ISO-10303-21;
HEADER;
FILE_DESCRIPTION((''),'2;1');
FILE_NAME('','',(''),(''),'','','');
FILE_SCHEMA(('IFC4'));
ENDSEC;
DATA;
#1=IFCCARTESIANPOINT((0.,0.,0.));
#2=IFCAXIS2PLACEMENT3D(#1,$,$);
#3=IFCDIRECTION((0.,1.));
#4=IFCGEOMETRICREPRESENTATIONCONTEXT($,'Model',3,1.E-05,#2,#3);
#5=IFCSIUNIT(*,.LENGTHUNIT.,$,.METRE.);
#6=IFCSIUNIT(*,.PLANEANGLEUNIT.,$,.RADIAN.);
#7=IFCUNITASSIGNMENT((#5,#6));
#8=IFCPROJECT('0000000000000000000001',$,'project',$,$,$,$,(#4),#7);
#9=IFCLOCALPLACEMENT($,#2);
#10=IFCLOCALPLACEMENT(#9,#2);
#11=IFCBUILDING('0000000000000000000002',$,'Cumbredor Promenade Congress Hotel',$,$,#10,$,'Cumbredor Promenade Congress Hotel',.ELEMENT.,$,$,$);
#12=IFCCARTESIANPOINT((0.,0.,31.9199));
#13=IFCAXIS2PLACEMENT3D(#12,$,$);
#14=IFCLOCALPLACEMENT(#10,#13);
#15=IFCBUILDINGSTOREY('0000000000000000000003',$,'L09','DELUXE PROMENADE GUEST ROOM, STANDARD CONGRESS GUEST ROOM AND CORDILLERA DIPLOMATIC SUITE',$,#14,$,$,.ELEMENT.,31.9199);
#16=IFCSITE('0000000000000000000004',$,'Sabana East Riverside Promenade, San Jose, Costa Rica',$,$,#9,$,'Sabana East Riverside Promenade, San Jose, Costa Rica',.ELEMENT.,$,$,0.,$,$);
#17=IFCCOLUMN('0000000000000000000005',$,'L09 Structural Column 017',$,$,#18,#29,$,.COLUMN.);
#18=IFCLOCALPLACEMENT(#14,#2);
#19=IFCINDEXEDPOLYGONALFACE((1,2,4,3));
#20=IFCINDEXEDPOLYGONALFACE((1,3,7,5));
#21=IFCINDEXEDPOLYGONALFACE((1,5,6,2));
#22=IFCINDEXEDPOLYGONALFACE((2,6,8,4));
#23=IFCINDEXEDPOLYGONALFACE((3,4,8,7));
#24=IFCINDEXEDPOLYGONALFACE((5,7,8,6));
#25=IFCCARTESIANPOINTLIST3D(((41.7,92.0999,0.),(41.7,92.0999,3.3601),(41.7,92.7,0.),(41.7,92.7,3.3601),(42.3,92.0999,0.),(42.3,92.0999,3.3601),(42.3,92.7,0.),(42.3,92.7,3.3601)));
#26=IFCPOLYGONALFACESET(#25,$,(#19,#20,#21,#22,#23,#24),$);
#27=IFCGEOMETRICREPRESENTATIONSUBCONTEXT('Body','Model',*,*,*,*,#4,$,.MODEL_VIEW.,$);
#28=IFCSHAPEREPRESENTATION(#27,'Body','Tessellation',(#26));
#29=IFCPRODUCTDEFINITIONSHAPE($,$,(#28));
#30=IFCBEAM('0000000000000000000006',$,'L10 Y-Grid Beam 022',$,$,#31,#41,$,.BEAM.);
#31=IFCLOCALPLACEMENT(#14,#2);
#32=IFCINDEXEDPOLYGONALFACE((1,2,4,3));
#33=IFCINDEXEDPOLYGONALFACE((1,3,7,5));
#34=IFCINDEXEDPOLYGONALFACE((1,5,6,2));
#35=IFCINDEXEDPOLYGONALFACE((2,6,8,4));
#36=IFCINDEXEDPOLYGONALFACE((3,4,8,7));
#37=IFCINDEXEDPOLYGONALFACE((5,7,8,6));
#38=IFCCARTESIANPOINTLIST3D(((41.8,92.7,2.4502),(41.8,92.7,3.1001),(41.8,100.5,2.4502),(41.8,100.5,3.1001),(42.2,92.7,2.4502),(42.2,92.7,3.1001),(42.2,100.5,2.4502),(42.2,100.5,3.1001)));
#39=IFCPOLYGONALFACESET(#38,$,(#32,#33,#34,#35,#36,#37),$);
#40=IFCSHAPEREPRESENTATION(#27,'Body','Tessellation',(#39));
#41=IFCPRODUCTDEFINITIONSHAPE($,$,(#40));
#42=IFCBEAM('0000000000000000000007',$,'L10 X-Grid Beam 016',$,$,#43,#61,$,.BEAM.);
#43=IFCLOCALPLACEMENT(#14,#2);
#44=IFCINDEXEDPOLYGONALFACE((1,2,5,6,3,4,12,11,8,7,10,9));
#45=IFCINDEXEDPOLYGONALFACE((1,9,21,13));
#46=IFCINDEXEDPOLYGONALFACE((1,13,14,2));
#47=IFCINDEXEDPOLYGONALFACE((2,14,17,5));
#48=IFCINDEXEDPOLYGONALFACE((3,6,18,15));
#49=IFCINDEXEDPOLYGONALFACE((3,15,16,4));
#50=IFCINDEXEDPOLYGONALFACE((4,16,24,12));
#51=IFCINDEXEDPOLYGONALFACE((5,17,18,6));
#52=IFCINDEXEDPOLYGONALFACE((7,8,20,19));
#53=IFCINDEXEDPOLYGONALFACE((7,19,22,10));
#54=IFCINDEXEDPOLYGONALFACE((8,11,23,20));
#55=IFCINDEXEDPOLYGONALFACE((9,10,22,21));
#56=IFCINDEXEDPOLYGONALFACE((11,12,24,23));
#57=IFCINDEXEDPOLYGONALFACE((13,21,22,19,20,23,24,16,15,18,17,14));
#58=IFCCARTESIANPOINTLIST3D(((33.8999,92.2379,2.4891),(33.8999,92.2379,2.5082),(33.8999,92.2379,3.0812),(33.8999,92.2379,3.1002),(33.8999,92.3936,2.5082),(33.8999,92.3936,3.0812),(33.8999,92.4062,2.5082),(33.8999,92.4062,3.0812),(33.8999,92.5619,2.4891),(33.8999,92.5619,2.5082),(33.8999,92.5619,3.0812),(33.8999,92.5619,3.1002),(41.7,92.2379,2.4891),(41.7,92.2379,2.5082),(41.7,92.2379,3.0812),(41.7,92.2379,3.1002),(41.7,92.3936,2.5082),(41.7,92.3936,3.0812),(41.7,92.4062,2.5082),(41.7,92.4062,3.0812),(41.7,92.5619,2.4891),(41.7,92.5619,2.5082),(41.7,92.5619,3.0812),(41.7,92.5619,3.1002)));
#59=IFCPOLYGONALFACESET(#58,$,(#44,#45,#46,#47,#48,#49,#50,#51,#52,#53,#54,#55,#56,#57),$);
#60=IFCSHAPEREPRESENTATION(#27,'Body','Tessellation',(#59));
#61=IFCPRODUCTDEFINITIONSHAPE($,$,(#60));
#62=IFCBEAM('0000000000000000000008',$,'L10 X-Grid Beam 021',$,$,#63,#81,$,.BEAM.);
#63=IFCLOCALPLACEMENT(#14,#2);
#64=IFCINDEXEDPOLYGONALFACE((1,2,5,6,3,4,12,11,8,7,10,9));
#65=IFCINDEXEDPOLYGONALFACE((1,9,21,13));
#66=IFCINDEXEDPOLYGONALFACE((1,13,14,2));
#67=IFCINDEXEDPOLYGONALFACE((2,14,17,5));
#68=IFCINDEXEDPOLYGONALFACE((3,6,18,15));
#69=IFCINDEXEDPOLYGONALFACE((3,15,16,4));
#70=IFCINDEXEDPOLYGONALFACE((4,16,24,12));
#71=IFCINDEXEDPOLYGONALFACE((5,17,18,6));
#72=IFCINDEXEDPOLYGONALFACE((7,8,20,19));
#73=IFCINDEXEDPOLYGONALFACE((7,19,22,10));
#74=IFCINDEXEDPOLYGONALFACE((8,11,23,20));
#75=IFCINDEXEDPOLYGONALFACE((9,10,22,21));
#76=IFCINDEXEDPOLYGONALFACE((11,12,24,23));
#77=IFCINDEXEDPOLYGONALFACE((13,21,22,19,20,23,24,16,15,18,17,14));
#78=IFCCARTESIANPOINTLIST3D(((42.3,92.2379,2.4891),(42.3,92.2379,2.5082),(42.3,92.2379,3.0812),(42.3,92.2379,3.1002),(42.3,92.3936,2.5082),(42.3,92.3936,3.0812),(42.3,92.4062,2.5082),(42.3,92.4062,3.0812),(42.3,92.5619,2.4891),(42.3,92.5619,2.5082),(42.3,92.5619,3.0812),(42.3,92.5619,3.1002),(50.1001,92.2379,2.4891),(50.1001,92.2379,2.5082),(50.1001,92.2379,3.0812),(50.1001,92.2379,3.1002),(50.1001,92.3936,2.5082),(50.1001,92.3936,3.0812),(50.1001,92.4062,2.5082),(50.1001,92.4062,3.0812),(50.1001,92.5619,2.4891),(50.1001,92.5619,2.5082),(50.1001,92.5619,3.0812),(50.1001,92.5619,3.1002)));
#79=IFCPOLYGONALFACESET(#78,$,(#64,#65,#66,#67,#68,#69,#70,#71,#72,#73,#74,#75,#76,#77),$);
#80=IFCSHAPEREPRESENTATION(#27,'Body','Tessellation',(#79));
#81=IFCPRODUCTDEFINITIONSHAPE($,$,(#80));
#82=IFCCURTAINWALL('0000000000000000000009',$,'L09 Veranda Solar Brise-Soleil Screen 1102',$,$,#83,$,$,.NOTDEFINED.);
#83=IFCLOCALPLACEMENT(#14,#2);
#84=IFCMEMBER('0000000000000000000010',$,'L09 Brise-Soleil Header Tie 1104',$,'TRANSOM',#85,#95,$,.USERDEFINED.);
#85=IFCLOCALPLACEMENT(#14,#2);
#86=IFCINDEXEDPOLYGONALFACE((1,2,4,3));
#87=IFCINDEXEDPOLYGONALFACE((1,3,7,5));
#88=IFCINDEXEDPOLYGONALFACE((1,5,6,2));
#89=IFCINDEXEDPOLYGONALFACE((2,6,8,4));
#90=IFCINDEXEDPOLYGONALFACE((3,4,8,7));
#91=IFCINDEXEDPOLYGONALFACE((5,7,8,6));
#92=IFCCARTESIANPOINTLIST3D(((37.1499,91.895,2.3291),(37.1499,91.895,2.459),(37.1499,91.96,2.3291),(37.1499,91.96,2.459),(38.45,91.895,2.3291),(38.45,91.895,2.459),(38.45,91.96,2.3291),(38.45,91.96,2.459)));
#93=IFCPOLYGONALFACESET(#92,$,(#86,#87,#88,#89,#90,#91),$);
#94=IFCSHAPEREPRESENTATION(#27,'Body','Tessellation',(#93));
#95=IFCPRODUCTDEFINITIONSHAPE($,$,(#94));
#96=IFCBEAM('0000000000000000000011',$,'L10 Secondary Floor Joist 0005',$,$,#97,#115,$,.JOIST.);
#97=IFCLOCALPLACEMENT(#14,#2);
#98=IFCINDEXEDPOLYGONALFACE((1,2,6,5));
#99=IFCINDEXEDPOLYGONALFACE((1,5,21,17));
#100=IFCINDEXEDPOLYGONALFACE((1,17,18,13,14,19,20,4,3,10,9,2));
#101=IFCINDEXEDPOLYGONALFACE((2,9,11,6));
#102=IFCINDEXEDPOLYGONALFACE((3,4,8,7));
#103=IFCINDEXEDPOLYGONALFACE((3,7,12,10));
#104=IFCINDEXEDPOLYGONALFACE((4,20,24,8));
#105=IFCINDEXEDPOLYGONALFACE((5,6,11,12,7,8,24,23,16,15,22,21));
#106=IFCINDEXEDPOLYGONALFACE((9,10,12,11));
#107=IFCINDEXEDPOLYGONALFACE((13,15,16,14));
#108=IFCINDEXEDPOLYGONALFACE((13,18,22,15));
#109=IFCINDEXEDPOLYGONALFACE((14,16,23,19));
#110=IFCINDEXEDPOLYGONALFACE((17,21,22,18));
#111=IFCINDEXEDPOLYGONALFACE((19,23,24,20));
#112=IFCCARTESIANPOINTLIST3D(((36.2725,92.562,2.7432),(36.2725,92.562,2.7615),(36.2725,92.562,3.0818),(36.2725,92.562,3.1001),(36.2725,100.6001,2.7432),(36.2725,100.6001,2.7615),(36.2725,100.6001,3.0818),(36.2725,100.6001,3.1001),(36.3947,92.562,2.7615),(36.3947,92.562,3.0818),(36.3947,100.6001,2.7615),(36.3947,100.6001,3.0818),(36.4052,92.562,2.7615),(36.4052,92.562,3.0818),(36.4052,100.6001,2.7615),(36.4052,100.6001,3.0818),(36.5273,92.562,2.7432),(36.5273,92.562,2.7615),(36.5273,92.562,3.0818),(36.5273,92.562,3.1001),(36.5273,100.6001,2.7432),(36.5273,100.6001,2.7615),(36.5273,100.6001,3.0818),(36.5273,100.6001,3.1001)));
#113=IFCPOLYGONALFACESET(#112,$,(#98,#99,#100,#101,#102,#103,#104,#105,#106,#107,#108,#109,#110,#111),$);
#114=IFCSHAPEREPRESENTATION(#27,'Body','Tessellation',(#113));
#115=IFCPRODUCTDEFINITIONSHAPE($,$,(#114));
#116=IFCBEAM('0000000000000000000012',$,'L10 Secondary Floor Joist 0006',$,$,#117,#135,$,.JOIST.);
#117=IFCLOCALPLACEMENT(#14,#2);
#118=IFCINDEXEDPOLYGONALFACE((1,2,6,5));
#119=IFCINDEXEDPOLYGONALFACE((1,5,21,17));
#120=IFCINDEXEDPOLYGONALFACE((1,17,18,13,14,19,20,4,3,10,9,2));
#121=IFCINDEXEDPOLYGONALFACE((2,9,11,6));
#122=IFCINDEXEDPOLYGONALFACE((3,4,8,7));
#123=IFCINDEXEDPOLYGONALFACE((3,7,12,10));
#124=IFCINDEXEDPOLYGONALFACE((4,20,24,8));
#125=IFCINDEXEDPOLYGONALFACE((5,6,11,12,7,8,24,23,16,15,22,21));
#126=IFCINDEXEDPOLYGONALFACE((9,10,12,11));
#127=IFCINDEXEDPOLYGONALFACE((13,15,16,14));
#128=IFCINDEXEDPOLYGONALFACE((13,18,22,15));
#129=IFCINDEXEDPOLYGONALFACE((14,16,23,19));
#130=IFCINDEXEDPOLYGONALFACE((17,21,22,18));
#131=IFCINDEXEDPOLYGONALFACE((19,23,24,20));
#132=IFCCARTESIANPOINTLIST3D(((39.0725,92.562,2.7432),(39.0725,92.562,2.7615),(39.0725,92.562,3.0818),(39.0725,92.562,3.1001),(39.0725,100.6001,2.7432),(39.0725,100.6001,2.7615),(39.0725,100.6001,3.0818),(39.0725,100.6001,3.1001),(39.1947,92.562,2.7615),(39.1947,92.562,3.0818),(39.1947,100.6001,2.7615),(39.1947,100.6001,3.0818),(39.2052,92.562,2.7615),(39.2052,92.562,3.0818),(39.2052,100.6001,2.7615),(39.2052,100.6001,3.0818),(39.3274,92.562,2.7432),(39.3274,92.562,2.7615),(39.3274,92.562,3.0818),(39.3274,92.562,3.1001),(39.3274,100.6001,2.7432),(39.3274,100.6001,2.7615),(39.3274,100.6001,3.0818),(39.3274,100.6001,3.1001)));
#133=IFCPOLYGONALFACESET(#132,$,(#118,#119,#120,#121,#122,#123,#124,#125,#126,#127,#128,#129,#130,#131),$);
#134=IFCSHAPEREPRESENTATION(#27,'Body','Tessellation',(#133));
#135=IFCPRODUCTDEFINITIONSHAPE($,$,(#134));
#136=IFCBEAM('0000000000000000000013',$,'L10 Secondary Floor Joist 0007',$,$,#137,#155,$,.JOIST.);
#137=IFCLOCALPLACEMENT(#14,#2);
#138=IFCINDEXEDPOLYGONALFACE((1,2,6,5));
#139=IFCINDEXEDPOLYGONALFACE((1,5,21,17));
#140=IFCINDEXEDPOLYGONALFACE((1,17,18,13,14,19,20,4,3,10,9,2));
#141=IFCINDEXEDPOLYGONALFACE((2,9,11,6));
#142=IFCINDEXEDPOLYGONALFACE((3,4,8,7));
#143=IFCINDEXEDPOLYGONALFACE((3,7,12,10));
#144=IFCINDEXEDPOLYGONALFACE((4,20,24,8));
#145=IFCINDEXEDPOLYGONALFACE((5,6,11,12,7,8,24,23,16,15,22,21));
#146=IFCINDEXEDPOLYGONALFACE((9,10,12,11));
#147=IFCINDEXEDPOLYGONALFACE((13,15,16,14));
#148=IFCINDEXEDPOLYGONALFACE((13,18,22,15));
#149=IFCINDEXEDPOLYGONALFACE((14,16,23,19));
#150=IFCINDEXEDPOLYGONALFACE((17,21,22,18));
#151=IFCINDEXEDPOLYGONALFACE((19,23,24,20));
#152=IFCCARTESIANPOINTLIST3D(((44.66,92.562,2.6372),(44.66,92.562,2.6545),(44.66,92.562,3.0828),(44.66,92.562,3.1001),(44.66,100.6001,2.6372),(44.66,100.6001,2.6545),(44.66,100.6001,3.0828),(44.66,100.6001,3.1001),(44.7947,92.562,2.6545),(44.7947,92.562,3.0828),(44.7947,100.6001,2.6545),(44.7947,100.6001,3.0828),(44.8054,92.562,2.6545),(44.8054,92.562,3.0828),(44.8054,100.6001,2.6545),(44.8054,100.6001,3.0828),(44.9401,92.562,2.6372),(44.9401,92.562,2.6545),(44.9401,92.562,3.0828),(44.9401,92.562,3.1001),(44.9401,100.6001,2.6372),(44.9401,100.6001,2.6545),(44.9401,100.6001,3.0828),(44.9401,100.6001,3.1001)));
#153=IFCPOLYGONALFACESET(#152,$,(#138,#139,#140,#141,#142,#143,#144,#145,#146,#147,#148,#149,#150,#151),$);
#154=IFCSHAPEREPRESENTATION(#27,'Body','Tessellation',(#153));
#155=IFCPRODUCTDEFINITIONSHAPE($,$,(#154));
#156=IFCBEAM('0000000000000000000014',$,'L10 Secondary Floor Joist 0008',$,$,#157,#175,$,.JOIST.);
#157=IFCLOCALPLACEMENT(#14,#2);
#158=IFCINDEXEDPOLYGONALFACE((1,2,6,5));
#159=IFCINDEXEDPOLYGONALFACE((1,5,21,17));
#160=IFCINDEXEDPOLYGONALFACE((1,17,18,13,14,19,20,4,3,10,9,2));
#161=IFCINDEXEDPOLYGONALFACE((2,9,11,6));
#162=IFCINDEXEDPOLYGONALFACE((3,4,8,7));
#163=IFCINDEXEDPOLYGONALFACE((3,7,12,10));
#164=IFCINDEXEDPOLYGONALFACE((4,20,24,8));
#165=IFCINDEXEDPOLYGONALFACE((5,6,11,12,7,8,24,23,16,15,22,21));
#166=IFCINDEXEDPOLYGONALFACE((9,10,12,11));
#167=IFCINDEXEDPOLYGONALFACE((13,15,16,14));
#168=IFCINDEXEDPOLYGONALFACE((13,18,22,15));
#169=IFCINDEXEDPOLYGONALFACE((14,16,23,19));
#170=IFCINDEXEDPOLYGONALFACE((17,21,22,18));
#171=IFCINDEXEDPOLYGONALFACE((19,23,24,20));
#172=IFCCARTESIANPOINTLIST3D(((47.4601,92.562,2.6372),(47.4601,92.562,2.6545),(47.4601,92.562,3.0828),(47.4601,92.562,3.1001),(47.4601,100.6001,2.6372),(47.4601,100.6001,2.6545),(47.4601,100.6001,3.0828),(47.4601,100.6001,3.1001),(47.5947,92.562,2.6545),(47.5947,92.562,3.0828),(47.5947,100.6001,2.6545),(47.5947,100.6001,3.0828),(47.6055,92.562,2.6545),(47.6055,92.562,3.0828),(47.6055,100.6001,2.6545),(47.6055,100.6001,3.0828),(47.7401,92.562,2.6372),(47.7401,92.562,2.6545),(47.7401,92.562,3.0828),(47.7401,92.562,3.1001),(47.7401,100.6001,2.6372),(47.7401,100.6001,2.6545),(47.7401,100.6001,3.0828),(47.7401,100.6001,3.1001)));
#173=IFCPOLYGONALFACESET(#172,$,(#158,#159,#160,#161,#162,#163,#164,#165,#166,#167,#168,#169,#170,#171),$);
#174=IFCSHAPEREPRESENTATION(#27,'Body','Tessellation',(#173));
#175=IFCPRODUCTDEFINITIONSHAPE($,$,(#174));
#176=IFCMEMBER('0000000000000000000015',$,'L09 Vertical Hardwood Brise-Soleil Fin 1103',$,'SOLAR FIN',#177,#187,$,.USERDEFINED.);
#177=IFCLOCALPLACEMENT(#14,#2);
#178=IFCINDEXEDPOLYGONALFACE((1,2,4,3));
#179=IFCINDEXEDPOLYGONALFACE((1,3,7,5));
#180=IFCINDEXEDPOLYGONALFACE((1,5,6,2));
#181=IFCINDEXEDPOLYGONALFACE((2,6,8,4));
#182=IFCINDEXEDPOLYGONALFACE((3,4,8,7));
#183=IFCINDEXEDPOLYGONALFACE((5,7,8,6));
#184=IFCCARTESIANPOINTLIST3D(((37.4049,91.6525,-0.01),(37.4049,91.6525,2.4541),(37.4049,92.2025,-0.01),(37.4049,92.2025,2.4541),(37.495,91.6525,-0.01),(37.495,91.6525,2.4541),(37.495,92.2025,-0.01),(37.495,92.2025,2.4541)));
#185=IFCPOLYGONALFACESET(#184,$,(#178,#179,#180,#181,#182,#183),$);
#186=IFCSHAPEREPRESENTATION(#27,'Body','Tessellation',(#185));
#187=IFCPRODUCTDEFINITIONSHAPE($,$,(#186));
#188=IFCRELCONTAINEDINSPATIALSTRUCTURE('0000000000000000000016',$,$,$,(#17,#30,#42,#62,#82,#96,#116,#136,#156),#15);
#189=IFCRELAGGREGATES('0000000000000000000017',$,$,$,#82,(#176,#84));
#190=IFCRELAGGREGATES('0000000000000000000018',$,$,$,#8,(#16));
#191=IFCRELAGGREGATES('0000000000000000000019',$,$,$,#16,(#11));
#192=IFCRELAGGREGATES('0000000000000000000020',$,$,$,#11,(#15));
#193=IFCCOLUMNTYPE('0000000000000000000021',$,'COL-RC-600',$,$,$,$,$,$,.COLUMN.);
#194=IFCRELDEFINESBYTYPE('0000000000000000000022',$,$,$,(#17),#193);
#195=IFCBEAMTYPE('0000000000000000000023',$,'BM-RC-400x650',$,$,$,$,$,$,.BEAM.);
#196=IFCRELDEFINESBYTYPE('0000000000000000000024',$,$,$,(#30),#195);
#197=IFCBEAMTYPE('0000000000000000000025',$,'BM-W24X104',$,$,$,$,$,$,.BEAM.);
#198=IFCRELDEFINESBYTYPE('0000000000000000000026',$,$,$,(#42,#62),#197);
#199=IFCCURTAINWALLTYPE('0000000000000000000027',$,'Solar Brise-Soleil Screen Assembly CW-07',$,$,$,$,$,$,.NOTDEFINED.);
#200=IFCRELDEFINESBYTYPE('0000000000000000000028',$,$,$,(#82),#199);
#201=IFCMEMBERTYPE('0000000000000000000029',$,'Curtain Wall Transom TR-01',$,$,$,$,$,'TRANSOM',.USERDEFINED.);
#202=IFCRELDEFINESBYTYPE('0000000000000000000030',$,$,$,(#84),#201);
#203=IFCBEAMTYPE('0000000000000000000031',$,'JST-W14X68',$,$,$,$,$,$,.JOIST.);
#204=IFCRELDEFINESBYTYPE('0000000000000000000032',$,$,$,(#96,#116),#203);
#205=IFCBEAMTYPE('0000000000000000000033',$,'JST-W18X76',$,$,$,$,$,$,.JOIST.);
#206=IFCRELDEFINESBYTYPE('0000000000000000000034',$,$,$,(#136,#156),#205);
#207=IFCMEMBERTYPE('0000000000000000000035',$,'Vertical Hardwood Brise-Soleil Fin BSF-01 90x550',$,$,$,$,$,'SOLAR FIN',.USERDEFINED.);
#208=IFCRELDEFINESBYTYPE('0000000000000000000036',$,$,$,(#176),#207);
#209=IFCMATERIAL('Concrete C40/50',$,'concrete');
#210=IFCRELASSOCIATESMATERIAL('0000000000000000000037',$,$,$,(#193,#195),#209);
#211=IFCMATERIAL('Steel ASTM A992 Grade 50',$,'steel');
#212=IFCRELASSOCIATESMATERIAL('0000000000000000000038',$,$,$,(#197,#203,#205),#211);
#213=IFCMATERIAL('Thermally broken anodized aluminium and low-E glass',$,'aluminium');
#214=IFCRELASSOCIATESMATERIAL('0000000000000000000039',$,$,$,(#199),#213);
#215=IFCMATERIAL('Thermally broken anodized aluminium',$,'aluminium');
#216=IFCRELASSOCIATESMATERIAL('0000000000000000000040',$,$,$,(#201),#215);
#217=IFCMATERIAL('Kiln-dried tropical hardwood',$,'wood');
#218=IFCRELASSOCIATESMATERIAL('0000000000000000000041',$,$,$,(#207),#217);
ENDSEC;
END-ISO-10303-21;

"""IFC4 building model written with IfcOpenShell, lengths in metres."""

from ifc_helpers import new_model, si_unit, direction, frame, origin, origin_2d, place, context, subcontext, project, spatial, rectangle, i_section, extrude, material, material_profile, profile_set, type_object, element, aggregate, save


model = new_model("IFC4")

# Units and contexts
model_context = context("Model", 3, precision=1e-05, world=origin(), true_north=direction((0.0, 1.0)))
body_context = subcontext(model_context, "Body", "Model", "MODEL_VIEW")
ifc_project = project(units=[si_unit("LENGTHUNIT", "METRE"), si_unit("PLANEANGLEUNIT", "RADIAN")], contexts=[model_context])

# Site, building, storey
site_placement = place(None, origin())
site = spatial("IfcSite", under=ifc_project, at=site_placement, Name="Sabana East Riverside Promenade, San Jose, Costa Rica", LongName="Sabana East Riverside Promenade, San Jose, Costa Rica", CompositionType="ELEMENT", RefElevation=0.0)
building_placement = place(site_placement, origin())
building = spatial("IfcBuilding", under=site, at=building_placement, Name="Cumbredor Promenade Congress Hotel", LongName="Cumbredor Promenade Congress Hotel", CompositionType="ELEMENT")
storey_placement = place(building_placement, frame((0.0, 0.0, 31.9199)))
storey = spatial("IfcBuildingStorey", under=building, at=storey_placement, Name="L09", Description="DELUXE PROMENADE GUEST ROOM, STANDARD CONGRESS GUEST ROOM AND CORDILLERA DIPLOMATIC SUITE", CompositionType="ELEMENT", Elevation=31.9199)

# Column
ifc_material_1 = material(Name="Concrete C40/50", Category="concrete")
ifc_material_profile_1 = material_profile(ifc_material_1, rectangle(XDim=0.6001, YDim=0.6001, at=origin_2d()), Name="RC 600x600")
ifc_profile_set_1 = profile_set([ifc_material_profile_1], Name="Concrete C40/50")
column_type = type_object("IfcColumnType", Name="COL-RC-600", PredefinedType="COLUMN", material=ifc_profile_set_1)
column_placement = place(storey_placement, frame((42.0, 92.3999, 0.0), z_axis=(0.0, 0.0, 1.0), x_axis=(1.0, 0.0, 0.0)))
element("IfcColumn", 1, at=column_placement, inside=storey, type_object=column_type, Name="L09 Structural Column 017", PredefinedType="COLUMN", context=body_context, shape_type="SweptSolid", body=[
    extrude(rectangle(XDim=0.6001, YDim=0.6001, at=origin_2d()), origin(), (0.0, 0.0, 1.0), 3.3601),
])

# Beams
ifc_material_profile_2 = material_profile(ifc_material_1, rectangle(XDim=0.3999, YDim=0.6499, at=origin_2d()), Name="RC BEAM 400x650")
ifc_profile_set_2 = profile_set([ifc_material_profile_2], Name="Concrete C40/50")
beam_type_1 = type_object("IfcBeamType", Name="BM-RC-400x650", PredefinedType="BEAM", material=ifc_profile_set_2)
beam_placement = place(storey_placement, frame((42.0, 92.7, 2.7751), z_axis=(0.0, 1.0, 0.0), x_axis=(-1.0, 0.0, 0.0)))
element("IfcBeam", 2, at=beam_placement, inside=storey, type_object=beam_type_1, Name="L10 Y-Grid Beam 022", PredefinedType="BEAM", context=body_context, shape_type="SweptSolid", body=[
    extrude(rectangle(XDim=0.3999, YDim=0.6499, at=origin_2d()), origin(), (0.0, 0.0, 1.0), 7.8),
])
ifc_material_2 = material(Name="Steel ASTM A992 Grade 50", Category="steel")
ifc_material_profile_3 = material_profile(ifc_material_2, i_section(OverallWidth=0.324, OverallDepth=0.6111, WebThickness=0.0127, FlangeThickness=0.019, at=origin_2d()), Name="W24X104")
ifc_profile_set_3 = profile_set([ifc_material_profile_3], Name="Steel ASTM A992 Grade 50")
beam_type_2 = type_object("IfcBeamType", Name="BM-W24X104", PredefinedType="BEAM", material=ifc_profile_set_3)
for number, where, z_axis, x_axis, name in (
    (3, (33.8999, 92.3999, 2.7947), (1.0, 0.0, 0.0), (0.0, 1.0, 0.0), "L10 X-Grid Beam 016"),
    (4, (42.3, 92.3999, 2.7947), (1.0, 0.0, 0.0), (0.0, 1.0, 0.0), "L10 X-Grid Beam 021"),
):
    element("IfcBeam", number, at=place(storey_placement, frame(where, z_axis=z_axis, x_axis=x_axis)), inside=storey, type_object=beam_type_2, Name=name, PredefinedType="BEAM", context=body_context, shape_type="SweptSolid", body=[
        extrude(i_section(OverallWidth=0.324, OverallDepth=0.6111, WebThickness=0.0127, FlangeThickness=0.019, at=origin_2d()), origin(), (0.0, 0.0, 1.0), 7.8),
    ])

# Curtain wall, member
ifc_material_3 = material(Name="Thermally broken anodized aluminium and low-E glass", Category="aluminium")
curtain_wall_type = type_object("IfcCurtainWallType", Name="Solar Brise-Soleil Screen Assembly CW-07", PredefinedType="NOTDEFINED", material=ifc_material_3)
curtain_wall_1_placement = place(storey_placement, origin())
curtain_wall_1 = element("IfcCurtainWall", 5, at=curtain_wall_1_placement, inside=storey, type_object=curtain_wall_type, Name="L09 Veranda Solar Brise-Soleil Screen 1102", PredefinedType="NOTDEFINED")
ifc_material_4 = material(Name="Thermally broken anodized aluminium", Category="aluminium")
ifc_material_profile_4 = material_profile(ifc_material_4, rectangle(XDim=0.0649, YDim=0.1299, at=origin_2d()), Name="ALU TRANSOM 65x130")
ifc_profile_set_4 = profile_set([ifc_material_profile_4], Name="Thermally broken anodized aluminium")
member_type_1 = type_object("IfcMemberType", Name="Curtain Wall Transom TR-01", ElementType="TRANSOM", PredefinedType="USERDEFINED", material=ifc_profile_set_4)
member_1_placement = place(storey_placement, frame((37.1499, 91.9275, 2.394), z_axis=(1.0, 0.0, 0.0), x_axis=(0.0, 1.0, 0.0)))
member_1 = element("IfcMember", 6, at=member_1_placement, type_object=member_type_1, Name="L09 Brise-Soleil Header Tie 1104", ObjectType="TRANSOM", PredefinedType="USERDEFINED", context=body_context, shape_type="SweptSolid", body=[
    extrude(rectangle(XDim=0.0649, YDim=0.1299, at=origin_2d()), origin(), (0.0, 0.0, 1.0), 1.3),
])

# Beams
ifc_material_profile_5 = material_profile(ifc_material_2, i_section(OverallWidth=0.2549, OverallDepth=0.3569, WebThickness=0.0105, FlangeThickness=0.0183, at=origin_2d()), Name="W14X68")
ifc_profile_set_5 = profile_set([ifc_material_profile_5], Name="Steel ASTM A992 Grade 50")
beam_type_3 = type_object("IfcBeamType", Name="JST-W14X68", PredefinedType="JOIST", material=ifc_profile_set_5)
for number, where, z_axis, x_axis, name in (
    (7, (36.3999, 92.562, 2.9216), (0.0, 1.0, 0.0), (-1.0, 0.0, 0.0), "L10 Secondary Floor Joist 0005"),
    (8, (39.2, 92.562, 2.9216), (0.0, 1.0, 0.0), (-1.0, 0.0, 0.0), "L10 Secondary Floor Joist 0006"),
):
    element("IfcBeam", number, at=place(storey_placement, frame(where, z_axis=z_axis, x_axis=x_axis)), inside=storey, type_object=beam_type_3, Name=name, PredefinedType="JOIST", context=body_context, shape_type="SweptSolid", body=[
        extrude(i_section(OverallWidth=0.2549, OverallDepth=0.3569, WebThickness=0.0105, FlangeThickness=0.0183, at=origin_2d()), origin(), (0.0, 0.0, 1.0), 8.0381),
    ])
ifc_material_profile_6 = material_profile(ifc_material_2, i_section(OverallWidth=0.28, OverallDepth=0.4629, WebThickness=0.0107, FlangeThickness=0.0173, at=origin_2d()), Name="W18X76")
ifc_profile_set_6 = profile_set([ifc_material_profile_6], Name="Steel ASTM A992 Grade 50")
beam_type_4 = type_object("IfcBeamType", Name="JST-W18X76", PredefinedType="JOIST", material=ifc_profile_set_6)
for number, where, z_axis, x_axis, name in (
    (9, (44.8, 92.562, 2.8687), (0.0, 1.0, 0.0), (-1.0, 0.0, 0.0), "L10 Secondary Floor Joist 0007"),
    (10, (47.6001, 92.562, 2.8687), (0.0, 1.0, 0.0), (-1.0, 0.0, 0.0), "L10 Secondary Floor Joist 0008"),
):
    element("IfcBeam", number, at=place(storey_placement, frame(where, z_axis=z_axis, x_axis=x_axis)), inside=storey, type_object=beam_type_4, Name=name, PredefinedType="JOIST", context=body_context, shape_type="SweptSolid", body=[
        extrude(i_section(OverallWidth=0.28, OverallDepth=0.4629, WebThickness=0.0107, FlangeThickness=0.0173, at=origin_2d()), origin(), (0.0, 0.0, 1.0), 8.0381),
    ])

# Member
ifc_material_5 = material(Name="Kiln-dried tropical hardwood", Category="wood")
ifc_material_profile_7 = material_profile(ifc_material_5, rectangle(XDim=0.0901, YDim=0.55, at=origin_2d()), Name="ARCH FIN 90x550")
ifc_profile_set_7 = profile_set([ifc_material_profile_7], Name="Kiln-dried tropical hardwood")
member_type_2 = type_object("IfcMemberType", Name="Vertical Hardwood Brise-Soleil Fin BSF-01 90x550", ElementType="SOLAR FIN", PredefinedType="USERDEFINED", material=ifc_profile_set_7)
member_2_placement = place(storey_placement, frame((37.45, 91.9275, -0.01), z_axis=(0.0, 0.0, 1.0), x_axis=(1.0, 0.0, 0.0)))
member_2 = element("IfcMember", 11, at=member_2_placement, type_object=member_type_2, Name="L09 Vertical Hardwood Brise-Soleil Fin 1103", ObjectType="SOLAR FIN", PredefinedType="USERDEFINED", context=body_context, shape_type="SweptSolid", body=[
    extrude(rectangle(XDim=0.0901, YDim=0.55, at=origin_2d()), origin(), (0.0, 0.0, 1.0), 2.4641),
])
aggregate(curtain_wall_1, [member_2, member_1])

save(model, "model.ifc")
